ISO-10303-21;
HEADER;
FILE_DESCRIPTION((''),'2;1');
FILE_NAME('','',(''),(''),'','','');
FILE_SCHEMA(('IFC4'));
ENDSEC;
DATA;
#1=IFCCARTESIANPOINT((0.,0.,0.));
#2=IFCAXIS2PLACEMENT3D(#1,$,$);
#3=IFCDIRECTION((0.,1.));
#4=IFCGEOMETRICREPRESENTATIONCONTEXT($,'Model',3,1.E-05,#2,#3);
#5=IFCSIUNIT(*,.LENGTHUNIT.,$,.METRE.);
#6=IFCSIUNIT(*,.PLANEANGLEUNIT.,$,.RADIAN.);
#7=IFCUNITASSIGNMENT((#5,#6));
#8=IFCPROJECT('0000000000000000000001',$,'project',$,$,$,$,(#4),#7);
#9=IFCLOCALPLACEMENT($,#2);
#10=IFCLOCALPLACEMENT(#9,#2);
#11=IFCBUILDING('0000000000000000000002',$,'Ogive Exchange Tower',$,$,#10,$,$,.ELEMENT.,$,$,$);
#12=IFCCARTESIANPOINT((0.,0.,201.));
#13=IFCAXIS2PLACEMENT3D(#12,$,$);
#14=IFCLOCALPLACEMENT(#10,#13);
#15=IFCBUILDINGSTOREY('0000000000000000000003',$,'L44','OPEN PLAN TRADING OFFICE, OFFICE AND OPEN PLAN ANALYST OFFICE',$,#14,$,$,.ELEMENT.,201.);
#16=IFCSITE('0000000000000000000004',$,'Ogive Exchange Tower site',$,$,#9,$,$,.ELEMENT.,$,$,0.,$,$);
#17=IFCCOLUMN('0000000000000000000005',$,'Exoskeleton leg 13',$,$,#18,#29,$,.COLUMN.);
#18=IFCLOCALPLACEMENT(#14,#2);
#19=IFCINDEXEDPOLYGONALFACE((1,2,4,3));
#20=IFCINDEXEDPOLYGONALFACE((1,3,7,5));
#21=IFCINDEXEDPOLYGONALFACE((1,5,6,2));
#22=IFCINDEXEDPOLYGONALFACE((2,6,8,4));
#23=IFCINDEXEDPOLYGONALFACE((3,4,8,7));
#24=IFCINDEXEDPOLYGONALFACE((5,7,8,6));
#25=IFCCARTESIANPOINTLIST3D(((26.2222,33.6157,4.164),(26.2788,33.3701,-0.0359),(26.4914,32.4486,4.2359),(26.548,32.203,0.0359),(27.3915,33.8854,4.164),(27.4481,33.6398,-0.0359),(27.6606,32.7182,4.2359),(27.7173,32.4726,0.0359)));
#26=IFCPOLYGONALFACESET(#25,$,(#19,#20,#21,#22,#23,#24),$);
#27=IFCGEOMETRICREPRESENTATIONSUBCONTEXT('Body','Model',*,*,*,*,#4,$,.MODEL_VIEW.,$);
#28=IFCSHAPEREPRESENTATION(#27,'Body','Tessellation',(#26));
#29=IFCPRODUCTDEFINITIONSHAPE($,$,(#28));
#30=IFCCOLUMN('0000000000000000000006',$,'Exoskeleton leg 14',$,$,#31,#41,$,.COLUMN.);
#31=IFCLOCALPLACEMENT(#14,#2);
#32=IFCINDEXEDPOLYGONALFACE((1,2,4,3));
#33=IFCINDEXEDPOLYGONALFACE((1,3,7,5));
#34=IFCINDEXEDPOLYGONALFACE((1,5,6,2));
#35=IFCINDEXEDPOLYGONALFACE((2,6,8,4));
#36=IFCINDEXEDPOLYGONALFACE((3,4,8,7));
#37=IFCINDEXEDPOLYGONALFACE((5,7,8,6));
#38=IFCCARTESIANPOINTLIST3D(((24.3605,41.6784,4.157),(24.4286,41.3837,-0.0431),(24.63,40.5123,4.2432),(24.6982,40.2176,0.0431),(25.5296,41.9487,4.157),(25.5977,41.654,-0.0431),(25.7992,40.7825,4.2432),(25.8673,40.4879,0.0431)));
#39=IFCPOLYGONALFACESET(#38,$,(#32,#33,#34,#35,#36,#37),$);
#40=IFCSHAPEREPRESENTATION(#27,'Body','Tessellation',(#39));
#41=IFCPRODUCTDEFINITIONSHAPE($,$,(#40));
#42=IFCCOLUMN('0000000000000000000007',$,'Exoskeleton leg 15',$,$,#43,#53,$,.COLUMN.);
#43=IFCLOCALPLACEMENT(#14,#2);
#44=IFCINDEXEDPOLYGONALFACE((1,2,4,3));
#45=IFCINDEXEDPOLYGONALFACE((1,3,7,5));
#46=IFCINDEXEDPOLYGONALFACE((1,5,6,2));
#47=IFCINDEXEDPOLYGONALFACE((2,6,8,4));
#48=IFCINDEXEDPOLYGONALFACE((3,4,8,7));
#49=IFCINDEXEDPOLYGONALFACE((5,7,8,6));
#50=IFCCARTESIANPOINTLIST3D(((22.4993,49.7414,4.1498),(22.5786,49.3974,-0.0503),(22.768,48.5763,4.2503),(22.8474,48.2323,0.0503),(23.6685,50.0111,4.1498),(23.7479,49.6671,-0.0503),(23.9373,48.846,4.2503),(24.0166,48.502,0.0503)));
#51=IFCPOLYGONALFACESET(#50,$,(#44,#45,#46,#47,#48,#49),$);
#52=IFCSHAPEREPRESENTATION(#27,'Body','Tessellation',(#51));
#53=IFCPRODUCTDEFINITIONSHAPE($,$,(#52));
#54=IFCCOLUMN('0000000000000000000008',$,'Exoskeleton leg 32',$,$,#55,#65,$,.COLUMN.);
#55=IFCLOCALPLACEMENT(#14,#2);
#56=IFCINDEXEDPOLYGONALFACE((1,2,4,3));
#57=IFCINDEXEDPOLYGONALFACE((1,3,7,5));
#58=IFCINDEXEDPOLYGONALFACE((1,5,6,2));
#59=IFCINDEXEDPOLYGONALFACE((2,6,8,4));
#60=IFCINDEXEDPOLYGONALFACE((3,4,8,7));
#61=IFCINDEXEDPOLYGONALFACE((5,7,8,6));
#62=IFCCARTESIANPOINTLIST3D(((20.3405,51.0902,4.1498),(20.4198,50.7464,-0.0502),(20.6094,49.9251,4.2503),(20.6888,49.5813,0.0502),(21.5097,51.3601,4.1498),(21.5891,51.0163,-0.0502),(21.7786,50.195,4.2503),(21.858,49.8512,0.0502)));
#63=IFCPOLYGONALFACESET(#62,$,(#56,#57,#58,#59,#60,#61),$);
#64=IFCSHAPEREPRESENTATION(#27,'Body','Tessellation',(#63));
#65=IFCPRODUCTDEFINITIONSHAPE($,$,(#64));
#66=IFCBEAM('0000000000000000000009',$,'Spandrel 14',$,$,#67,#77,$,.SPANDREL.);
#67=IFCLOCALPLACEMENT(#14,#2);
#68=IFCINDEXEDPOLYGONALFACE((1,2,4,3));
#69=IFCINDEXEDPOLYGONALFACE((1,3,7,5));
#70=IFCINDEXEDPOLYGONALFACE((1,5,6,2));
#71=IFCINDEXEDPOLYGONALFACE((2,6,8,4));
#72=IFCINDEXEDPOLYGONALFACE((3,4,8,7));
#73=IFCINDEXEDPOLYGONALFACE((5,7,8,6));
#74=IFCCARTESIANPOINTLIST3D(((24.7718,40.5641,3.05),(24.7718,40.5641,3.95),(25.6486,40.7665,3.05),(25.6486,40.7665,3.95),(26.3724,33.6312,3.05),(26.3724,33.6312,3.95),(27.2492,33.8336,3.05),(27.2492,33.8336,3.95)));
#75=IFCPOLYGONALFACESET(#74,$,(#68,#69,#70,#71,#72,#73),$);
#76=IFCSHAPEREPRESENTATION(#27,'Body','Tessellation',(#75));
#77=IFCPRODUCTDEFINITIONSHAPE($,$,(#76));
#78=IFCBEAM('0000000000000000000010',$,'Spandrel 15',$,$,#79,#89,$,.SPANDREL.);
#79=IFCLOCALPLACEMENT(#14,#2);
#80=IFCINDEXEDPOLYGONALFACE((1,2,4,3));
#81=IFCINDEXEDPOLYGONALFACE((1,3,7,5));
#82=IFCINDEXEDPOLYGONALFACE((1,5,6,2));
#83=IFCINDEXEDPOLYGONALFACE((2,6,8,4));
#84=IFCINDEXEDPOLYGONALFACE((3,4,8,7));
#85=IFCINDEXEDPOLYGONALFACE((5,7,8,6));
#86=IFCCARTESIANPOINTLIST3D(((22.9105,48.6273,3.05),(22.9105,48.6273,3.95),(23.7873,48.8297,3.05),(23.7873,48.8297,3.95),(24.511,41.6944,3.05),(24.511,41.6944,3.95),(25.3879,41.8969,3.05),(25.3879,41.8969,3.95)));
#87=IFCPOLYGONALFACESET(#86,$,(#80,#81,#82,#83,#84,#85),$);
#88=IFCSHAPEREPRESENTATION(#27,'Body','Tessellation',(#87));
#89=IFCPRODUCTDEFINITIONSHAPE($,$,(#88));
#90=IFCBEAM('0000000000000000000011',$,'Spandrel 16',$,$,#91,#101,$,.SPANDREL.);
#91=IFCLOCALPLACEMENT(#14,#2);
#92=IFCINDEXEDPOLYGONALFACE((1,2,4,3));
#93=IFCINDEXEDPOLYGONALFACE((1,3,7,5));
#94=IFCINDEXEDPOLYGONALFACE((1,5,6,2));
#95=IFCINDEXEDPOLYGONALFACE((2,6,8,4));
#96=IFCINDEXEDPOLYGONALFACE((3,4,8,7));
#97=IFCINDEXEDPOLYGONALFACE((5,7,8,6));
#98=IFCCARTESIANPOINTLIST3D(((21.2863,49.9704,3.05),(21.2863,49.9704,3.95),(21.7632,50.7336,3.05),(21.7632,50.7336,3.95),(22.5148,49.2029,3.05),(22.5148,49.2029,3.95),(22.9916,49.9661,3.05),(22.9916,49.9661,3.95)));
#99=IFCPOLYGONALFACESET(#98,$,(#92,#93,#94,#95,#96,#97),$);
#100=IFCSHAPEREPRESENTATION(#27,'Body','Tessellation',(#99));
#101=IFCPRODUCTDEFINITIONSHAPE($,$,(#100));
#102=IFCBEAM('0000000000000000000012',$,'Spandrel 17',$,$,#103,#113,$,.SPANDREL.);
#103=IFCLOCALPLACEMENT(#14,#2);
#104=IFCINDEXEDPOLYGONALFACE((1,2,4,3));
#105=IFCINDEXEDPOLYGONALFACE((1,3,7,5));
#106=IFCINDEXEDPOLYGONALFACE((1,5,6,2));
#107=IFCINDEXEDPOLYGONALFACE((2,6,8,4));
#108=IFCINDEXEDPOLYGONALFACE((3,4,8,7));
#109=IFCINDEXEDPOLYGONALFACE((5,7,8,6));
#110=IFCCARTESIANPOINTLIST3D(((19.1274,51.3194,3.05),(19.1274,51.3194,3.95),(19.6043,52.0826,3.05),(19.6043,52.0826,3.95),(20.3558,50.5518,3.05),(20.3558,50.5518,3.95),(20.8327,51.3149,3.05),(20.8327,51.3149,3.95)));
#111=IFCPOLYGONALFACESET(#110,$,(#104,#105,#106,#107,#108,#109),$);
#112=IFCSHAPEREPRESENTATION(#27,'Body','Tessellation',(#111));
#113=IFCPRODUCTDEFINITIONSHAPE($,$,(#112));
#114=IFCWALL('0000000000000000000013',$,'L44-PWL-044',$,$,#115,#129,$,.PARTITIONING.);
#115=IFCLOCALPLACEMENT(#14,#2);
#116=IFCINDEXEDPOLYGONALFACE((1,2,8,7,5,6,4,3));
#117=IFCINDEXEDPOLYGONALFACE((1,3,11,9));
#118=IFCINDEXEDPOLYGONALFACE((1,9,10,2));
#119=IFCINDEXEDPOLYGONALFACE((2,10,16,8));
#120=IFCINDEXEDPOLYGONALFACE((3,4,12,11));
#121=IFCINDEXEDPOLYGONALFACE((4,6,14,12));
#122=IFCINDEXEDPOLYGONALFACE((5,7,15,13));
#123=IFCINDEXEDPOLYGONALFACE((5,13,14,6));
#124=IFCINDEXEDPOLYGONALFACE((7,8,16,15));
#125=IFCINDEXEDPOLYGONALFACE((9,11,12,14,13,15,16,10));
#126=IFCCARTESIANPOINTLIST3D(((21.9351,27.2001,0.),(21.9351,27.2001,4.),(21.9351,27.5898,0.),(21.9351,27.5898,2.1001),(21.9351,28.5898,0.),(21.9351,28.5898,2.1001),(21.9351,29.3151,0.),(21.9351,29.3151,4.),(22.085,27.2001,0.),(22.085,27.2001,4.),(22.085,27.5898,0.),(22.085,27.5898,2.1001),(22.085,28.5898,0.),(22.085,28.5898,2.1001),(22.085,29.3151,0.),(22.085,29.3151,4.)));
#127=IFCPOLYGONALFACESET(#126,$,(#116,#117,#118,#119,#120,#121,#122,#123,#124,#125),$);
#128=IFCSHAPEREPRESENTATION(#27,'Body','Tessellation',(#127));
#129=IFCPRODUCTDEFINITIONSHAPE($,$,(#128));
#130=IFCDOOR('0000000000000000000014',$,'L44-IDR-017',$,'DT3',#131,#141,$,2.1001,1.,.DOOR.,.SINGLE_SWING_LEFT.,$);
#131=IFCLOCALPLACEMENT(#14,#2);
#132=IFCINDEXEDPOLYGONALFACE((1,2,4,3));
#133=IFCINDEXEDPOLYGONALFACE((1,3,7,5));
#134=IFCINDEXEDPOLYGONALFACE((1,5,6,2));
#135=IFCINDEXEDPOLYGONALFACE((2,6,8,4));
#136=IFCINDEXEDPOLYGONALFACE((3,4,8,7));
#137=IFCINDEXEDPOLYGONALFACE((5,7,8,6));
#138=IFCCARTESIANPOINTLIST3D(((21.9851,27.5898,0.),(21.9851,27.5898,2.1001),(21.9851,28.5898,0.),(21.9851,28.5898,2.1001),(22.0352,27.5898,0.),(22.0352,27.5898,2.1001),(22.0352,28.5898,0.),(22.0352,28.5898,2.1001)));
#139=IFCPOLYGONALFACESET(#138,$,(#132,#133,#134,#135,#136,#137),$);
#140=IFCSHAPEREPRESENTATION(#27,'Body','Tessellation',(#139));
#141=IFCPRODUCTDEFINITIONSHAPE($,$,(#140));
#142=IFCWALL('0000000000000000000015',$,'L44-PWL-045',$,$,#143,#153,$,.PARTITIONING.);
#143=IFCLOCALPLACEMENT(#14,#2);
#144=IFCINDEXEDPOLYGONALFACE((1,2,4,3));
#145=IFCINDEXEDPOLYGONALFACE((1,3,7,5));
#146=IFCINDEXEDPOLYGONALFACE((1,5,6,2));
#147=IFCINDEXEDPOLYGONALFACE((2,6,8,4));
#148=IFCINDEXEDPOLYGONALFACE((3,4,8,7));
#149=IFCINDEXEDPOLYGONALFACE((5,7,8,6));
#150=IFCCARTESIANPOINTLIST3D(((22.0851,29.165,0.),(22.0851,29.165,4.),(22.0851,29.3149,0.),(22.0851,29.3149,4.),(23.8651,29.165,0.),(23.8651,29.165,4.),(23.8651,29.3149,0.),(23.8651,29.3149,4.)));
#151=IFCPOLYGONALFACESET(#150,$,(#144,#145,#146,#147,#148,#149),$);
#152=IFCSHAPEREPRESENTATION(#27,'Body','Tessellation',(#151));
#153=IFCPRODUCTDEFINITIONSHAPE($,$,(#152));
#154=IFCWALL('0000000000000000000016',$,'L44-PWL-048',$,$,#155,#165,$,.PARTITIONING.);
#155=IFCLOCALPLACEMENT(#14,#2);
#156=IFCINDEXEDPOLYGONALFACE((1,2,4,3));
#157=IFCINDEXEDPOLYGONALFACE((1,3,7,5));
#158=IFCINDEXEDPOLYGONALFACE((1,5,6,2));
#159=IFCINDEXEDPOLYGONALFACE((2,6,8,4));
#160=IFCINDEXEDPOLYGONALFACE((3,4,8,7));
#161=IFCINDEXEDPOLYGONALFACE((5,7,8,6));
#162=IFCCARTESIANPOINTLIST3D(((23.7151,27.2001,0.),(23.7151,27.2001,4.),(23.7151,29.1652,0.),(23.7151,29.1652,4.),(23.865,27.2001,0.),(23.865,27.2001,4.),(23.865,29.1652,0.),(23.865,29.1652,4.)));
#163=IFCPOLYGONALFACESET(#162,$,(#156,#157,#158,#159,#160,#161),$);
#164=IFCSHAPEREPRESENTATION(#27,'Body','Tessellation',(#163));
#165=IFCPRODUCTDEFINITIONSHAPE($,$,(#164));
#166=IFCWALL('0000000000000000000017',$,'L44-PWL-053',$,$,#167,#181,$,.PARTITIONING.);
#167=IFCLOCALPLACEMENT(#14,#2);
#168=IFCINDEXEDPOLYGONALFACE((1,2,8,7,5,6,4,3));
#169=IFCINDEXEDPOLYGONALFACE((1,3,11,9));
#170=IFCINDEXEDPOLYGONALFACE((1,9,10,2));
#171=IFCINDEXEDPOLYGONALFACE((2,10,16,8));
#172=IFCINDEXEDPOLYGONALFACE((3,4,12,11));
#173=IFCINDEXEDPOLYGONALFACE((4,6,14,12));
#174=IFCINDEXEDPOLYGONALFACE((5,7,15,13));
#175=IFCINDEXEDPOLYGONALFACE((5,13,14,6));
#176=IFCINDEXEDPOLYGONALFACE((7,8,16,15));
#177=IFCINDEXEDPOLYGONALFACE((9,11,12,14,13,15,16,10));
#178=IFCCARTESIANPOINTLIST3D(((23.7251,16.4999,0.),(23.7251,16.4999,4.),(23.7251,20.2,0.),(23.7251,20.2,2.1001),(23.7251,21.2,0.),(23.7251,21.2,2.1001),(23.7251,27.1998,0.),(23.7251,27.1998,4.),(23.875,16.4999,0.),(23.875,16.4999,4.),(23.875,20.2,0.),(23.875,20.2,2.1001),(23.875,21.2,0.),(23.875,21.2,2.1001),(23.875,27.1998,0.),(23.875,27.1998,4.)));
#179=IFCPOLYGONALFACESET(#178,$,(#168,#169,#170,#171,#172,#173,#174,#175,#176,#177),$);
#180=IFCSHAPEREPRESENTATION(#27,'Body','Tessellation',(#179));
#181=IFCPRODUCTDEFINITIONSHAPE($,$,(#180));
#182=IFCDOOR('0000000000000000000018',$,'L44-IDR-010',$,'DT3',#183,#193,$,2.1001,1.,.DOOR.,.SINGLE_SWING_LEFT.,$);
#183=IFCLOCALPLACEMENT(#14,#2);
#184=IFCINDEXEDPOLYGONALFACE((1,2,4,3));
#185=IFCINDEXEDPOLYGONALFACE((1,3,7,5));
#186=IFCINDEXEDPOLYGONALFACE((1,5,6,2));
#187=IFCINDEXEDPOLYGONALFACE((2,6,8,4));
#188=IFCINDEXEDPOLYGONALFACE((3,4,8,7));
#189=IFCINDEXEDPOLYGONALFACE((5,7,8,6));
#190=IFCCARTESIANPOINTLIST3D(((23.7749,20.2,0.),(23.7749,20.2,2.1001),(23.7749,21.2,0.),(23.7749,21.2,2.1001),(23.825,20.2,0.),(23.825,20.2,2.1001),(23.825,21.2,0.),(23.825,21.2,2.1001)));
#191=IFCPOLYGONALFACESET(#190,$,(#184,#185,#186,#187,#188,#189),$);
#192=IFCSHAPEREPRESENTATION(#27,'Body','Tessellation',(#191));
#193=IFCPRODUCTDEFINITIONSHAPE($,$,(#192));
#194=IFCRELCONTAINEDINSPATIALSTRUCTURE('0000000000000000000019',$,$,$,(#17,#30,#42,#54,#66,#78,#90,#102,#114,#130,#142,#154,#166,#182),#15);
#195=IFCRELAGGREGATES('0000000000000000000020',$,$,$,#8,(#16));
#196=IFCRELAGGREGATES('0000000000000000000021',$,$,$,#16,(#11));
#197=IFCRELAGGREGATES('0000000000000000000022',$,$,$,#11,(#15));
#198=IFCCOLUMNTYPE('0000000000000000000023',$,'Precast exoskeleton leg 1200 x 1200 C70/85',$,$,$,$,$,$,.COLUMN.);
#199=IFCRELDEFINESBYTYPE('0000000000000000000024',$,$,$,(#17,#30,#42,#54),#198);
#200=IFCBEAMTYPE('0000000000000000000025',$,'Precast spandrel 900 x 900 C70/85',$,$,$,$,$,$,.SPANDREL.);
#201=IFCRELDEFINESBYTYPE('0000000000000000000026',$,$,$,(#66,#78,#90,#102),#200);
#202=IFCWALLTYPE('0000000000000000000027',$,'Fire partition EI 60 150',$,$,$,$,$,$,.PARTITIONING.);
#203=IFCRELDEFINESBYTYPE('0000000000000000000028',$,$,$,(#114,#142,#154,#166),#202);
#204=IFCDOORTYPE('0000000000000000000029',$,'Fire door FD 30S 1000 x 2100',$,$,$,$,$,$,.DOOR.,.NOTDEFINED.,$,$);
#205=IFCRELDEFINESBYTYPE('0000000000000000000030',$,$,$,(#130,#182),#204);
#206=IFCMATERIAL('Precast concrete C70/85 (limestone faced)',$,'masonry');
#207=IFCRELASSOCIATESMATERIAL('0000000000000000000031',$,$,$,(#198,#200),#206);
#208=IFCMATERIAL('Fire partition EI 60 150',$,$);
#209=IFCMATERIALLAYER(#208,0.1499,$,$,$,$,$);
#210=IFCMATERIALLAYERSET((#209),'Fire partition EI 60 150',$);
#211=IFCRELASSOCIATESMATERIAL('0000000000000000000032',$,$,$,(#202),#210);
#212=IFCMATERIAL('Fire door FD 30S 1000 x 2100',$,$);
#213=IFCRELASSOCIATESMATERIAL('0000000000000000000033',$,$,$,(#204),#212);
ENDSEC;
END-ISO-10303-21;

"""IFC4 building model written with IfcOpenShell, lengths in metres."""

from ifc_helpers import new_model, si_unit, direction, frame, frame_2d, origin, origin_2d, place, context, subcontext, project, spatial, rectangle, extrude, material, layer, layer_set, material_profile, profile_set, type_object, element, fill, save


model = new_model("IFC4")

# Units and contexts
model_context = context("Model", 3, precision=1e-05, world=origin(), true_north=direction((0.0, 1.0)))
body_context = subcontext(model_context, "Body", "Model", "MODEL_VIEW")
ifc_project = project(units=[si_unit("LENGTHUNIT", "METRE"), si_unit("PLANEANGLEUNIT", "RADIAN")], contexts=[model_context])

# Site, building, storey
site_placement = place(None, origin())
site = spatial("IfcSite", under=ifc_project, at=site_placement, Name="Ogive Exchange Tower site", CompositionType="ELEMENT", RefElevation=0.0)
building_placement = place(site_placement, origin())
building = spatial("IfcBuilding", under=site, at=building_placement, Name="Ogive Exchange Tower", CompositionType="ELEMENT")
storey_placement = place(building_placement, frame((0.0, 0.0, 201.0)))
storey = spatial("IfcBuildingStorey", under=building, at=storey_placement, Name="L44", Description="OPEN PLAN TRADING OFFICE, OFFICE AND OPEN PLAN ANALYST OFFICE", CompositionType="ELEMENT", Elevation=201.0)

# Columns
ifc_material_1 = material(Name="Precast concrete C70/85 (limestone faced)", Category="masonry")
ifc_material_profile_1 = material_profile(ifc_material_1, rectangle(XDim=1.2, YDim=1.2, at=origin_2d()), Name="1200 x 1200")
ifc_profile_set_1 = profile_set([ifc_material_profile_1], Name="Precast concrete C70/85 (limestone faced)")
column_type = type_object("IfcColumnType", Name="Precast exoskeleton leg 1200 x 1200 C70/85", PredefinedType="COLUMN", material=ifc_profile_set_1)
column_1_placement = place(storey_placement, frame((26.998, 32.9214, 0.0), z_axis=(-0.013462, 0.058373, 0.998204), x_axis=(-0.974424, -0.224718, 0.0)))
element("IfcColumn", 1, at=column_1_placement, inside=storey, type_object=column_type, Name="Exoskeleton leg 13", PredefinedType="COLUMN", context=body_context, shape_type="SweptSolid", body=[
    extrude(rectangle(XDim=1.2, YDim=1.2, at=origin_2d()), origin(), (0.0, 0.0, 1.0), 4.2075),
])
column_2_placement = place(storey_placement, frame((25.1479, 40.9358, 0.0), z_axis=(-0.016176, 0.069981, 0.997417), x_axis=(-0.97431, -0.225213, 0.0)))
element("IfcColumn", 2, at=column_2_placement, inside=storey, type_object=column_type, Name="Exoskeleton leg 14", PredefinedType="COLUMN", context=body_context, shape_type="SweptSolid", body=[
    extrude(rectangle(XDim=1.2, YDim=1.2, at=origin_2d()), origin(), (0.0, 0.0, 1.0), 4.2109),
])
for number, where, z_axis, x_axis, name in (
    (3, (23.2976, 48.9497, 0.0), (-0.018826, 0.081617, 0.996486), (-0.974415, -0.224758, 0.0), "Exoskeleton leg 15"),
    (4, (21.1389, 50.2988, 0.0), (-0.018826, 0.081559, 0.996491), (-0.97438, -0.22491, 0.0), "Exoskeleton leg 32"),
):
    element("IfcColumn", number, at=place(storey_placement, frame(where, z_axis=z_axis, x_axis=x_axis)), inside=storey, type_object=column_type, Name=name, PredefinedType="COLUMN", context=body_context, shape_type="SweptSolid", body=[
        extrude(rectangle(XDim=1.2, YDim=1.2, at=origin_2d()), origin(), (0.0, 0.0, 1.0), 4.2148),
    ])

# Beams
ifc_material_profile_2 = material_profile(ifc_material_1, rectangle(XDim=0.8999, YDim=0.8999, at=origin_2d()), Name="900 x 900")
ifc_profile_set_2 = profile_set([ifc_material_profile_2], Name="Precast concrete C70/85 (limestone faced)")
beam_type = type_object("IfcBeamType", Name="Precast spandrel 900 x 900 C70/85", PredefinedType="SPANDREL", material=ifc_profile_set_2)
for number, where, z_axis, x_axis, name in (
    (5, (26.8108, 33.7324, 3.5), (-0.224952, 0.97437, 0.0), (-0.97437, -0.224952, 0.0), "Spandrel 14"),
    (6, (24.9495, 41.7957, 3.5), (-0.224952, 0.97437, 0.0), (-0.97437, -0.224952, 0.0), "Spandrel 15"),
):
    element("IfcBeam", number, at=place(storey_placement, frame(where, z_axis=z_axis, x_axis=x_axis)), inside=storey, type_object=beam_type, Name=name, PredefinedType="SPANDREL", context=body_context, shape_type="SweptSolid", body=[
        extrude(rectangle(XDim=0.8999, YDim=0.8999, at=origin_2d()), origin(), (0.0, 0.0, 1.0), 7.1152),
    ])
for number, where, z_axis, x_axis, name in (
    (7, (22.7532, 49.5845, 3.5), (-0.848074, 0.529878, 0.0), (-0.529878, -0.848074, 0.0), "Spandrel 16"),
    (8, (20.5942, 50.9333, 3.5), (-0.848027, 0.529953, 0.0), (-0.529953, -0.848027, 0.0), "Spandrel 17"),
):
    element("IfcBeam", number, at=place(storey_placement, frame(where, z_axis=z_axis, x_axis=x_axis)), inside=storey, type_object=beam_type, Name=name, PredefinedType="SPANDREL", context=body_context, shape_type="SweptSolid", body=[
        extrude(rectangle(XDim=0.8999, YDim=0.8999, at=origin_2d()), origin(), (0.0, 0.0, 1.0), 1.4485),
    ])

# Wall, opening, door
ifc_material_2 = material(Name="Fire partition EI 60 150")
ifc_layer_1 = layer(ifc_material_2, 0.1499)
ifc_layer_set_1 = layer_set([ifc_layer_1], Name="Fire partition EI 60 150")
wall_type_1 = type_object("IfcWallType", Name="Fire partition EI 60 150", PredefinedType="PARTITIONING", material=ifc_layer_set_1)
wall_1_placement = place(storey_placement, frame((22.01, 27.2, 0.0), z_axis=(0.0, 0.0, 1.0), x_axis=(0.0, 1.0, 0.0)))
wall_1 = element("IfcWall", 9, at=wall_1_placement, inside=storey, type_object=wall_type_1, Name="L44-PWL-044", PredefinedType="PARTITIONING", context=body_context, shape_type="SweptSolid", body=[
    extrude(rectangle(XDim=2.115, YDim=0.1499, at=frame_2d((1.0576, 0.0))), origin(), (0.0, 0.0, 1.0), 4.0),
])
opening_1_placement = place(wall_1_placement, frame((0.3899, 0.0, 0.0)))
opening_1 = element("IfcOpeningElement", 10, at=opening_1_placement, cuts=wall_1, PredefinedType="OPENING", context=body_context, shape_type="SweptSolid", body=[
    extrude(rectangle(XDim=1.0, YDim=2.1001, at=frame_2d((0.5, 1.05))), frame((0.0, 0.085, 0.0), z_axis=(0.0, -1.0, 0.0), x_axis=(1.0, 0.0, 0.0)), (0.0, 0.0, 1.0), 0.1699),
])
ifc_material_3 = material(Name="Fire door FD 30S 1000 x 2100")
door_type = type_object("IfcDoorType", Name="Fire door FD 30S 1000 x 2100", OperationType="NOTDEFINED", PredefinedType="DOOR", material=ifc_material_3)
door_1_placement = place(opening_1_placement, origin())
door_1 = element("IfcDoor", 11, at=door_1_placement, inside=storey, type_object=door_type, Name="L44-IDR-017", ObjectType="DT3", OperationType="SINGLE_SWING_LEFT", OverallHeight=2.1001, OverallWidth=1.0, PredefinedType="DOOR", context=body_context, shape_type="SweptSolid", body=[
    extrude(rectangle(XDim=1.0, YDim=2.1001, at=frame_2d((0.5, 1.05))), frame((0.0, 0.0249, 0.0), z_axis=(0.0, -1.0, 0.0), x_axis=(1.0, 0.0, 0.0)), (0.0, 0.0, 1.0), 0.05),
])
fill(opening_1, door_1)

# Walls
wall_2_placement = place(storey_placement, frame((22.085, 29.24, 0.0), z_axis=(0.0, 0.0, 1.0), x_axis=(1.0, 0.0, 0.0)))
element("IfcWall", 12, at=wall_2_placement, inside=storey, type_object=wall_type_1, Name="L44-PWL-045", PredefinedType="PARTITIONING", context=body_context, shape_type="SweptSolid", body=[
    extrude(rectangle(XDim=1.78, YDim=0.1499, at=frame_2d((0.8901, 0.0))), origin(), (0.0, 0.0, 1.0), 4.0),
])
wall_3_placement = place(storey_placement, frame((23.79, 29.165, 0.0), z_axis=(0.0, 0.0, 1.0), x_axis=(0.0, -1.0, 0.0)))
element("IfcWall", 13, at=wall_3_placement, inside=storey, type_object=wall_type_1, Name="L44-PWL-048", PredefinedType="PARTITIONING", context=body_context, shape_type="SweptSolid", body=[
    extrude(rectangle(XDim=1.9651, YDim=0.1499, at=frame_2d((0.9824, 0.0))), origin(), (0.0, 0.0, 1.0), 4.0),
])

# Wall, opening, door
wall_4_placement = place(storey_placement, frame((23.8, 27.2, 0.0), z_axis=(0.0, 0.0, 1.0), x_axis=(0.0, -1.0, 0.0)))
wall_4 = element("IfcWall", 14, at=wall_4_placement, inside=storey, type_object=wall_type_1, Name="L44-PWL-053", PredefinedType="PARTITIONING", context=body_context, shape_type="SweptSolid", body=[
    extrude(rectangle(XDim=10.7, YDim=0.1499, at=frame_2d((5.3501, 0.0))), origin(), (0.0, 0.0, 1.0), 4.0),
])
opening_2_placement = place(wall_4_placement, frame((6.0, 0.0, 0.0)))
opening_2 = element("IfcOpeningElement", 15, at=opening_2_placement, cuts=wall_4, PredefinedType="OPENING", context=body_context, shape_type="SweptSolid", body=[
    extrude(rectangle(XDim=1.0, YDim=2.1001, at=frame_2d((0.5, 1.05))), frame((0.0, 0.085, 0.0), z_axis=(0.0, -1.0, 0.0), x_axis=(1.0, 0.0, 0.0)), (0.0, 0.0, 1.0), 0.1699),
])
door_2_placement = place(opening_2_placement, origin())
door_2 = element("IfcDoor", 16, at=door_2_placement, inside=storey, type_object=door_type, Name="L44-IDR-010", ObjectType="DT3", OperationType="SINGLE_SWING_LEFT", OverallHeight=2.1001, OverallWidth=1.0, PredefinedType="DOOR", context=body_context, shape_type="SweptSolid", body=[
    extrude(rectangle(XDim=1.0, YDim=2.1001, at=frame_2d((0.5, 1.05))), frame((0.0, 0.0249, 0.0), z_axis=(0.0, -1.0, 0.0), x_axis=(1.0, 0.0, 0.0)), (0.0, 0.0, 1.0), 0.05),
])
fill(opening_2, door_2)

save(model, "model.ifc")
